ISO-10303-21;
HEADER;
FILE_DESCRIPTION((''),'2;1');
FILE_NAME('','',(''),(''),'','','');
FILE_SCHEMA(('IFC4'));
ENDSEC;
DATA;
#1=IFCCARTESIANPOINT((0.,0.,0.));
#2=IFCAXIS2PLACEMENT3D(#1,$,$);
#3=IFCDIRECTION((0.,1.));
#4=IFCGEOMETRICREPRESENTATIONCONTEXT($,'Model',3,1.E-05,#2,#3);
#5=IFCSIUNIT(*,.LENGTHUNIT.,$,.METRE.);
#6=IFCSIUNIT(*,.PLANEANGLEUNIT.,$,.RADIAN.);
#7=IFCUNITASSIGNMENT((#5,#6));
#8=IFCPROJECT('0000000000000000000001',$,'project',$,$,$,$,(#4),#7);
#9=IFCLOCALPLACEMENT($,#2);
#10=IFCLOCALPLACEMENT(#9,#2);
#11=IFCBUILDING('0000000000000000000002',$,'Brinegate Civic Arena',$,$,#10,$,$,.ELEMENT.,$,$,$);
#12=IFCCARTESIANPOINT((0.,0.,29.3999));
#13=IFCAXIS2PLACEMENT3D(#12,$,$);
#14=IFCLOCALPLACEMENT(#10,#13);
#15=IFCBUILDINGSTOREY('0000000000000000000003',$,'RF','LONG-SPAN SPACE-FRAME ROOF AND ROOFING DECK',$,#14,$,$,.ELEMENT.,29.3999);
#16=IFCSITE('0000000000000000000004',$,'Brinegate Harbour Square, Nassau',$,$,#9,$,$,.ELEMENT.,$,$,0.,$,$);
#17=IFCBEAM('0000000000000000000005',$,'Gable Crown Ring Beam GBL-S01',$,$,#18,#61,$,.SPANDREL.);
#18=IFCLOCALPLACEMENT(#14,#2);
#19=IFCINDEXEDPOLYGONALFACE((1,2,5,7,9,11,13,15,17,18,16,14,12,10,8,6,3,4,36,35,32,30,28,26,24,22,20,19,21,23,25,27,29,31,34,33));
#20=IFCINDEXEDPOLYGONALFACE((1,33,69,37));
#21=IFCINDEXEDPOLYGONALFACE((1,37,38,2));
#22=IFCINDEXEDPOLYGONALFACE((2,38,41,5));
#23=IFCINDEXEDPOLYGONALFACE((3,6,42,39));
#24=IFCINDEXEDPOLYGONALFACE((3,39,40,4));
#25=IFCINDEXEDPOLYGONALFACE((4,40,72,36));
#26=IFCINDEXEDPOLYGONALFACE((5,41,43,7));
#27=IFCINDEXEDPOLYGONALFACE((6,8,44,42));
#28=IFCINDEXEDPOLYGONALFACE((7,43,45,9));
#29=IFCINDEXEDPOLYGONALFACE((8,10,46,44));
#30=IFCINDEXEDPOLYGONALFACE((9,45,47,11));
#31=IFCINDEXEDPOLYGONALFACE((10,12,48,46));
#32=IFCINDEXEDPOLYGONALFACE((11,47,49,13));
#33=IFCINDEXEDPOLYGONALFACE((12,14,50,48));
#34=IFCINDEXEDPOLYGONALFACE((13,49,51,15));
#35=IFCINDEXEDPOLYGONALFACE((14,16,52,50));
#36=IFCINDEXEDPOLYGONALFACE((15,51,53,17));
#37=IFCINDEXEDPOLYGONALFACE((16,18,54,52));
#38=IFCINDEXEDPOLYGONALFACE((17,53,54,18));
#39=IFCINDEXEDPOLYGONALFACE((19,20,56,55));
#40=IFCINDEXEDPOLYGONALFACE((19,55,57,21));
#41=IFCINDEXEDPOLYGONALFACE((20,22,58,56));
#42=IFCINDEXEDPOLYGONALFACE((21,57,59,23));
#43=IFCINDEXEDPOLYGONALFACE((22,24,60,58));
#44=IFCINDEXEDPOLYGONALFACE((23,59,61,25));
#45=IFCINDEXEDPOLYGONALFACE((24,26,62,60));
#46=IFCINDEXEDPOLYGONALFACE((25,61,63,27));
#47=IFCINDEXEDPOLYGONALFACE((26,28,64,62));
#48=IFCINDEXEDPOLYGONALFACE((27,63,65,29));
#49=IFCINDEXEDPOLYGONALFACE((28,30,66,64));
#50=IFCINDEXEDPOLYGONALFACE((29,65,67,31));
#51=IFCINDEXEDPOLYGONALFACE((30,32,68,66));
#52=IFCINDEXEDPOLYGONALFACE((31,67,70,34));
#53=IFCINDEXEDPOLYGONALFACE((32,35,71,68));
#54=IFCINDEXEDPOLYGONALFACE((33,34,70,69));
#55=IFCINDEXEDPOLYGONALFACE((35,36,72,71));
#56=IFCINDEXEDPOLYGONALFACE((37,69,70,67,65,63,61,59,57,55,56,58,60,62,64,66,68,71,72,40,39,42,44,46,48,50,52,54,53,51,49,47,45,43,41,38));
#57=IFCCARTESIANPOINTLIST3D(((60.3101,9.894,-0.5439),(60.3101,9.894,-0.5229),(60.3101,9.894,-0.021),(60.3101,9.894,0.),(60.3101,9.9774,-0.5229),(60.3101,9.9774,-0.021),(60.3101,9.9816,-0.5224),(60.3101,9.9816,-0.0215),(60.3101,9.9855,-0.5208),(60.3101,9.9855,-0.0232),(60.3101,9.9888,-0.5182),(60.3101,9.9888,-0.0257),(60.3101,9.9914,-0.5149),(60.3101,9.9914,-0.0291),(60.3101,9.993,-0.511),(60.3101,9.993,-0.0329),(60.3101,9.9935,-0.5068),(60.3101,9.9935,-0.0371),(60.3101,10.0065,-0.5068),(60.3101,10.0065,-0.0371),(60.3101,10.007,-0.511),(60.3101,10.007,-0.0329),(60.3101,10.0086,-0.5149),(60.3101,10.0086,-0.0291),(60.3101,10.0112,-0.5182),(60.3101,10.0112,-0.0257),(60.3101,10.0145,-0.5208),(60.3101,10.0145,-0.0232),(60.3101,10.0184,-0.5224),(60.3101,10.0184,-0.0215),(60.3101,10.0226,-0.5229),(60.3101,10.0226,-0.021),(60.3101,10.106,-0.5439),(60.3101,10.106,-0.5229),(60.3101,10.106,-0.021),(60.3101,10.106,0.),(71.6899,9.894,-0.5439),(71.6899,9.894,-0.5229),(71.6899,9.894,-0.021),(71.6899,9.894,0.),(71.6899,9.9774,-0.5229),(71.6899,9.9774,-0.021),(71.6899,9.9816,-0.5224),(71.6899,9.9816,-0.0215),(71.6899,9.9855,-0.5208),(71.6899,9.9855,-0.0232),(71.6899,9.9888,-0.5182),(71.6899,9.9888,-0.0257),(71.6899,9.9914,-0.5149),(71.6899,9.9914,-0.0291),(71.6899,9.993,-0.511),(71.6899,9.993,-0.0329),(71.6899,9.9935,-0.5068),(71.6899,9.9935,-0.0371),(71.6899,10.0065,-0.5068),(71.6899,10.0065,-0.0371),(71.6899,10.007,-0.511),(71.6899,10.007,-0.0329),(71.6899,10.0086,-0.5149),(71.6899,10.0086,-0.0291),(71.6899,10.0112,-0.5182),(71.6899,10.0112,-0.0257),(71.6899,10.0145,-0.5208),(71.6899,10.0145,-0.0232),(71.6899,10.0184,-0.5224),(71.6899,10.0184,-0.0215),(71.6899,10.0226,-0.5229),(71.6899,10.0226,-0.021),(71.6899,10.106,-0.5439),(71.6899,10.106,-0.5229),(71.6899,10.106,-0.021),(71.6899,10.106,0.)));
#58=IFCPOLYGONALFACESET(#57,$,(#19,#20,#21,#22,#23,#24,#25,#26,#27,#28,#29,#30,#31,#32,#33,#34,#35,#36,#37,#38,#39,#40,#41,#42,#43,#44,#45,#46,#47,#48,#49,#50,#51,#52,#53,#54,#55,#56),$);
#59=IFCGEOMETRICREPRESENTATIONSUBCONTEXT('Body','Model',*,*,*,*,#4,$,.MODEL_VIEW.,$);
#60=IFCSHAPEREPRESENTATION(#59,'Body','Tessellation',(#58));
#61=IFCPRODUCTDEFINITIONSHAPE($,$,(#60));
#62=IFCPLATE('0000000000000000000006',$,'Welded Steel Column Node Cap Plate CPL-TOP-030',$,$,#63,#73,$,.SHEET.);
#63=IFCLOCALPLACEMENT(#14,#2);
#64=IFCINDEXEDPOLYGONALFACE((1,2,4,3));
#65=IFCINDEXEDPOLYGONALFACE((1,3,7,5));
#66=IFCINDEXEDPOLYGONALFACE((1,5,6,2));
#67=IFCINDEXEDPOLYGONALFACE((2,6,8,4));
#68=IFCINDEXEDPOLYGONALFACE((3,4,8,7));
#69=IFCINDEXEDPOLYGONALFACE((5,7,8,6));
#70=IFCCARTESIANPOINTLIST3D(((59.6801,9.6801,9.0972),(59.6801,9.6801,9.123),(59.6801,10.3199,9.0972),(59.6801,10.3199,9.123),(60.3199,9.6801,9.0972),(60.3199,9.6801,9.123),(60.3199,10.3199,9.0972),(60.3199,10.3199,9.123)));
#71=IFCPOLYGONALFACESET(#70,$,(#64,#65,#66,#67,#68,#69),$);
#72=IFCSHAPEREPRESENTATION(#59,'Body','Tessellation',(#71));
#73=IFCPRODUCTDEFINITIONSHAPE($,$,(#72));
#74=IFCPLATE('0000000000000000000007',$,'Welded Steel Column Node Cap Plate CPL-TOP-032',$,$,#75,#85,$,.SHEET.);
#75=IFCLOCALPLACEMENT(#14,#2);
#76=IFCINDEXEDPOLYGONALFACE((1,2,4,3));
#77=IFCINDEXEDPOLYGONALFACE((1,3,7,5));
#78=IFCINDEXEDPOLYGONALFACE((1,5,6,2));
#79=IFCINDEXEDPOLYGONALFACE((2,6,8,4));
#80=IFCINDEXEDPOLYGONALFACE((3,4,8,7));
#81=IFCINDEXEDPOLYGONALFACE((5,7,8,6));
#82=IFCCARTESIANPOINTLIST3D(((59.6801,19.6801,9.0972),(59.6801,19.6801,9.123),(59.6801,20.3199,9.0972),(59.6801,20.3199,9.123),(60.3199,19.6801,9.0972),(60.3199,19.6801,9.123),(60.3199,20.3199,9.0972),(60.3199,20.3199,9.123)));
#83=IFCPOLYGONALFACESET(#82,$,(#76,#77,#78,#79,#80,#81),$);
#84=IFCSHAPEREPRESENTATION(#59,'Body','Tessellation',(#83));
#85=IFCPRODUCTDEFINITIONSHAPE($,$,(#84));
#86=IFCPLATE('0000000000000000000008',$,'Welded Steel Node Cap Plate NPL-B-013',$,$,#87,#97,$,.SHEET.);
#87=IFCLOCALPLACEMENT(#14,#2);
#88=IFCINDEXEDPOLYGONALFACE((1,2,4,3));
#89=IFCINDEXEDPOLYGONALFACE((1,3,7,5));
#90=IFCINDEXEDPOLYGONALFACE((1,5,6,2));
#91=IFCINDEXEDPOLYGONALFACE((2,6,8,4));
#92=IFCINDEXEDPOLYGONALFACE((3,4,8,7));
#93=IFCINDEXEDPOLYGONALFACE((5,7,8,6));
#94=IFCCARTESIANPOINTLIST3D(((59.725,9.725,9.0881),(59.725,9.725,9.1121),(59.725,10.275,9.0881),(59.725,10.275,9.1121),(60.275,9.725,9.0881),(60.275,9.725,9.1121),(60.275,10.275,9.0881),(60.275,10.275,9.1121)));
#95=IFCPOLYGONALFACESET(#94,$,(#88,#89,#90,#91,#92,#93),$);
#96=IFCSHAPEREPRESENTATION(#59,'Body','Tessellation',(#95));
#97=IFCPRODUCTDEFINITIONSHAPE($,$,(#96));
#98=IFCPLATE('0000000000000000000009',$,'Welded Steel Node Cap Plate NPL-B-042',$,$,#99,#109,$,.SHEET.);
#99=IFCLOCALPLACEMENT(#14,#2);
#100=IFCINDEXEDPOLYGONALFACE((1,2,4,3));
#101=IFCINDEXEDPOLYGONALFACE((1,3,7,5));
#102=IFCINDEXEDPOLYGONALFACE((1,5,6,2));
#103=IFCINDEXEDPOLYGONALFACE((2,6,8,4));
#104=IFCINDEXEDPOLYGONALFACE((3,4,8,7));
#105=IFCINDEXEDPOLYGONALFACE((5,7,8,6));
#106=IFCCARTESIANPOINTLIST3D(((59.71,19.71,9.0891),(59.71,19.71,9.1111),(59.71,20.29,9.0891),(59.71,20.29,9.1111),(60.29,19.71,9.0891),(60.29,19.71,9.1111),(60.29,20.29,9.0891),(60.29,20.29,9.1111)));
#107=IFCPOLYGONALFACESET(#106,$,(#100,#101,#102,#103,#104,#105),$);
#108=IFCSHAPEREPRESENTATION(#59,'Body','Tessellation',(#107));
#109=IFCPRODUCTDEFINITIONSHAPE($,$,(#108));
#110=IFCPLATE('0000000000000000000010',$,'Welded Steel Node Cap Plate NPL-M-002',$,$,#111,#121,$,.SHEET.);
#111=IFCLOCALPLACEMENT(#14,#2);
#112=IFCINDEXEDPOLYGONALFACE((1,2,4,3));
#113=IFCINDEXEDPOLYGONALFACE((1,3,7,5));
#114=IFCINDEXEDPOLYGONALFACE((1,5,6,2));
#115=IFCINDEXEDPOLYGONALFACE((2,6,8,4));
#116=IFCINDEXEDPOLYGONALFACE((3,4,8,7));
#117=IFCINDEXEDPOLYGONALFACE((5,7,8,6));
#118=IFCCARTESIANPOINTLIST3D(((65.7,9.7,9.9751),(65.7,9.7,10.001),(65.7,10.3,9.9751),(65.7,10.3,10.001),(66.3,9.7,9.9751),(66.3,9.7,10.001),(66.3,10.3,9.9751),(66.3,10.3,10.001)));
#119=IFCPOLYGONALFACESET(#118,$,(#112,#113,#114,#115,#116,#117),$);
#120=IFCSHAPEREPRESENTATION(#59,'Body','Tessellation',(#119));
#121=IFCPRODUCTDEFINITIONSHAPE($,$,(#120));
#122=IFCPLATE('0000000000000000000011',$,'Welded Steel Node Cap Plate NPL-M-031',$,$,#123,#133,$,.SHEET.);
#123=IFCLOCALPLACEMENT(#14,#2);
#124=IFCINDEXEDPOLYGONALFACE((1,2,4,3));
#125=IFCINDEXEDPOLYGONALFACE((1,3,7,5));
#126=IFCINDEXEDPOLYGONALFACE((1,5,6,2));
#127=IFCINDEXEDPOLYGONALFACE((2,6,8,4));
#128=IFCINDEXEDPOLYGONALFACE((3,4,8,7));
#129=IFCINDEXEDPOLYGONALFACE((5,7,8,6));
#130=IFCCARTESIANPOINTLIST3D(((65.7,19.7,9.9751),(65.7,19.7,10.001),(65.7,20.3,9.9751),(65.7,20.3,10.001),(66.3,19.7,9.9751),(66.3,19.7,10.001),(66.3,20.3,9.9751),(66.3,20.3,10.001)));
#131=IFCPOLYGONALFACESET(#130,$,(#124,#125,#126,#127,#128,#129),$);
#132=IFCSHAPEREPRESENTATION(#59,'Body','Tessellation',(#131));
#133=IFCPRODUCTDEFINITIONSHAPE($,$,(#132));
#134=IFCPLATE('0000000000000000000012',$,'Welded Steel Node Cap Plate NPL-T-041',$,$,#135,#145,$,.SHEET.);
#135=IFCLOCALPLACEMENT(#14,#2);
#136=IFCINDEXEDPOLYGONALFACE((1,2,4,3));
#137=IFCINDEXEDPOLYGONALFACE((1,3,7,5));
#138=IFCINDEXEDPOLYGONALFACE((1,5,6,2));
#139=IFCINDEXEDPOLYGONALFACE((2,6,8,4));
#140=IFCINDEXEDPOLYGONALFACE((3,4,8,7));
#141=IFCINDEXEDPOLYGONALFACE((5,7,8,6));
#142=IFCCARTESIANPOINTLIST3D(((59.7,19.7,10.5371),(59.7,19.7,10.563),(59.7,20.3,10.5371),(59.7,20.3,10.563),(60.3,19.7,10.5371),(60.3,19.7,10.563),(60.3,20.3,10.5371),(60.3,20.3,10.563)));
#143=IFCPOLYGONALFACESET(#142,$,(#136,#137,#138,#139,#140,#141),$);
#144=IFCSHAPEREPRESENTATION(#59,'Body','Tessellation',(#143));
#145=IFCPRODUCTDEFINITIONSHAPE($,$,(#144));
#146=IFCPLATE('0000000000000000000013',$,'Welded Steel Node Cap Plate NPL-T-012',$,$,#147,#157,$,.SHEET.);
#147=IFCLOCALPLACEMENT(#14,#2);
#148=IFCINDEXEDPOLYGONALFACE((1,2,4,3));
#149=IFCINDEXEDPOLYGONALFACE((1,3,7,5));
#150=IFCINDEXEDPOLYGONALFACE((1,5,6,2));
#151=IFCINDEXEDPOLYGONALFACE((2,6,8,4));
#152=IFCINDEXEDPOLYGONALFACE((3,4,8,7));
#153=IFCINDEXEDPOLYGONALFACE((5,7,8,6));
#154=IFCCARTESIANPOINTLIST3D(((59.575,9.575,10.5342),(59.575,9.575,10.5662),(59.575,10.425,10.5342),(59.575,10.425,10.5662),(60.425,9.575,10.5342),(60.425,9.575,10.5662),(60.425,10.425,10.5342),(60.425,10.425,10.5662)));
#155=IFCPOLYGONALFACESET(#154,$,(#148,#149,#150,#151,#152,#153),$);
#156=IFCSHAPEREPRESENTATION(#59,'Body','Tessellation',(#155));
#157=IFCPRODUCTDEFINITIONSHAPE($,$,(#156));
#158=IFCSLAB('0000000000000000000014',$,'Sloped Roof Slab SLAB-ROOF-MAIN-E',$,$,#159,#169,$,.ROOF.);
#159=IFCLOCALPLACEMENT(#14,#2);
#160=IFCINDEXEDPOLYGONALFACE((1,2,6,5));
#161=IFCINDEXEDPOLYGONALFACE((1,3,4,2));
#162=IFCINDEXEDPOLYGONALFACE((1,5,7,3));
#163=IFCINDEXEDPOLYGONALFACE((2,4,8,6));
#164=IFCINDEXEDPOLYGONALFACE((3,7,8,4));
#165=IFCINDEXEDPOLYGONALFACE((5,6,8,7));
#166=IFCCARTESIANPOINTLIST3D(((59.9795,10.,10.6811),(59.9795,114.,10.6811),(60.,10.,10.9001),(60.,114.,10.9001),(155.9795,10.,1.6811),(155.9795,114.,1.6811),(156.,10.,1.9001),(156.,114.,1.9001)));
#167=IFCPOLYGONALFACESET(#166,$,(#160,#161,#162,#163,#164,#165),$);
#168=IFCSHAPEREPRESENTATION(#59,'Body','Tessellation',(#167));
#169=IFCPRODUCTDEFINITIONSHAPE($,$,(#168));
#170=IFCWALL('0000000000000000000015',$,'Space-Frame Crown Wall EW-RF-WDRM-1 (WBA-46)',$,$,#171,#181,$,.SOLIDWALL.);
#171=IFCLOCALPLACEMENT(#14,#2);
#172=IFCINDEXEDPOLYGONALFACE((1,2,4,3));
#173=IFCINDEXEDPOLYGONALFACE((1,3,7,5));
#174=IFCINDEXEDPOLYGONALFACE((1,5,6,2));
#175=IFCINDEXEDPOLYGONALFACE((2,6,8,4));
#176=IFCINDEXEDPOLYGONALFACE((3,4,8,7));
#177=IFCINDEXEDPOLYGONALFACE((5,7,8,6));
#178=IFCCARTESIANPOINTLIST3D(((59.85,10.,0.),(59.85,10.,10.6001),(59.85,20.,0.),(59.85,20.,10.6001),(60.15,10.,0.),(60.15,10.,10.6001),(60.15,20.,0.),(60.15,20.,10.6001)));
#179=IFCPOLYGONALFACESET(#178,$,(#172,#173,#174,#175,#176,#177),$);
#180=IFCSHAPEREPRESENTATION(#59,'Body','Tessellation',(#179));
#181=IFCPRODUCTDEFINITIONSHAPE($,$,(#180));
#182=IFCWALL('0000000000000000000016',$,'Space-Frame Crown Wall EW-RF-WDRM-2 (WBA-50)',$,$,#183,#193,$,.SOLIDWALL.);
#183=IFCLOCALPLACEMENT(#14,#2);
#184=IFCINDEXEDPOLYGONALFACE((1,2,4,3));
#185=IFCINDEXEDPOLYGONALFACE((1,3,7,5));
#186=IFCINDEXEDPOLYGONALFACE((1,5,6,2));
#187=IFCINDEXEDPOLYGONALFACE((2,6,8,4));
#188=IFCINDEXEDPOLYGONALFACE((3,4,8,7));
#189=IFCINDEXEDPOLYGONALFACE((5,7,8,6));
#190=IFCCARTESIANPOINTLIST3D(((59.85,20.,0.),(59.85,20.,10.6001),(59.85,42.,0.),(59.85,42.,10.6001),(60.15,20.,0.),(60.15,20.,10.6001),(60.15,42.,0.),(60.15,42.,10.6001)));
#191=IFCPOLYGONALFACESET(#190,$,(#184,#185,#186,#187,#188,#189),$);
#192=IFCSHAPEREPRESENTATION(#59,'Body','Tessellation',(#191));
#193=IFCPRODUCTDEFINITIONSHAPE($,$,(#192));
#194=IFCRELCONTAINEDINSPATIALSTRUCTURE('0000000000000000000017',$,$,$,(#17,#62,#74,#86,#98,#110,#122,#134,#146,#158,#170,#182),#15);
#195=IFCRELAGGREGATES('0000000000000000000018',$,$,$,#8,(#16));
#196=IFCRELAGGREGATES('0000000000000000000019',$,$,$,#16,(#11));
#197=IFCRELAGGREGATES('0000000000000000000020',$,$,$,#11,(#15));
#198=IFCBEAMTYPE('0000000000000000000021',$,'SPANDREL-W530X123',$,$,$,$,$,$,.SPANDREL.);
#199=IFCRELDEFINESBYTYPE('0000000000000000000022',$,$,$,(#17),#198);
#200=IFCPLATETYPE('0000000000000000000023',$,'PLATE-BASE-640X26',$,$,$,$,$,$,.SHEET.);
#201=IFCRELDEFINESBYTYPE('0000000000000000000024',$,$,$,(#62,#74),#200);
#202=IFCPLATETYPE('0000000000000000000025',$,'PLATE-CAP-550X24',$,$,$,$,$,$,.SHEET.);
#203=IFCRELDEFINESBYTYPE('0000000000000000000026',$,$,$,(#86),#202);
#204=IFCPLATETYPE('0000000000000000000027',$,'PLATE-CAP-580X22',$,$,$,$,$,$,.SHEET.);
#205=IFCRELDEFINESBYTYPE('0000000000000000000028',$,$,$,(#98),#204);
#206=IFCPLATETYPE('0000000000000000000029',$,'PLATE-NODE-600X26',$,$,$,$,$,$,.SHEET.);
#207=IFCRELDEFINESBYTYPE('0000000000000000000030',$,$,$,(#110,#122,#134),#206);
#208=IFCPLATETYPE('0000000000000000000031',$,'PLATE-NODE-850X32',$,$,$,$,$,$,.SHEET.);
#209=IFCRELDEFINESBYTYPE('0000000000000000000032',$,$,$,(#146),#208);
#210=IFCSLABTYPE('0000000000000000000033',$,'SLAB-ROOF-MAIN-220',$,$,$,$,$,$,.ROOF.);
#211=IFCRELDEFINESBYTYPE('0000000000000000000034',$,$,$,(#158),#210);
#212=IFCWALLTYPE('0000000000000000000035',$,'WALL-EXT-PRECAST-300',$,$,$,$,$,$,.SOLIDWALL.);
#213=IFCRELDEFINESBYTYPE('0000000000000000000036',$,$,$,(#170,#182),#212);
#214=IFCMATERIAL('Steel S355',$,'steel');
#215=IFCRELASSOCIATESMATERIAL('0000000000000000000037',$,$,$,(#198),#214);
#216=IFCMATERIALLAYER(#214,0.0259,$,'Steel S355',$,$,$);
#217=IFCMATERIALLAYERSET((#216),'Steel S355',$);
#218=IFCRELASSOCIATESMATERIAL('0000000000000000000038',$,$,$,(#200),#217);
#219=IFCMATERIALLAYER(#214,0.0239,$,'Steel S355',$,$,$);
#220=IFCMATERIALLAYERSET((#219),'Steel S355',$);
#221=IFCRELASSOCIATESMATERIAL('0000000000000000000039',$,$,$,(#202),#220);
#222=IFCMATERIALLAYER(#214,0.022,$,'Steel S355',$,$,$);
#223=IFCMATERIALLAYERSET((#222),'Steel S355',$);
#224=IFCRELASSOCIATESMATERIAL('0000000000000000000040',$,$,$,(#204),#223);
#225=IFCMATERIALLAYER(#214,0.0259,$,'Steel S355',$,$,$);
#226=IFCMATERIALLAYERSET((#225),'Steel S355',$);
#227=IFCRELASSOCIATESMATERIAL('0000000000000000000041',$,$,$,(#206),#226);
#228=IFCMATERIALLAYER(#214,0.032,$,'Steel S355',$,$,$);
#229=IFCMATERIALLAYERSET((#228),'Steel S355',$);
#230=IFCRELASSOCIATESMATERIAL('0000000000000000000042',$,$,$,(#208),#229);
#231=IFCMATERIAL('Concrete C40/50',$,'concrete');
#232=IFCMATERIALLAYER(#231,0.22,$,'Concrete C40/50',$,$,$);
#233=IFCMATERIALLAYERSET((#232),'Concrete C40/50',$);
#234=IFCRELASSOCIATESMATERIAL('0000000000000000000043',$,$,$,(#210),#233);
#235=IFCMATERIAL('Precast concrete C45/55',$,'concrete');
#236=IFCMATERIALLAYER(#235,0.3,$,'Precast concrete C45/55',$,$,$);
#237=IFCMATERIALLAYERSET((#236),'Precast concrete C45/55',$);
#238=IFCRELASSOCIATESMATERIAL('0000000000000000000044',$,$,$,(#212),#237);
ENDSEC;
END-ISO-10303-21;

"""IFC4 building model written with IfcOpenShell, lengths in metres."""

from ifc_helpers import new_model, si_unit, direction, frame, frame_2d, origin, origin_2d, place, context, subcontext, project, spatial, polyline, rectangle, i_section, outline, extrude, material, layer, layer_set, material_profile, profile_set, type_object, element, save


model = new_model("IFC4")

# Units and contexts
model_context = context("Model", 3, precision=1e-05, world=origin(), true_north=direction((0.0, 1.0)))
body_context = subcontext(model_context, "Body", "Model", "MODEL_VIEW")
ifc_project = project(units=[si_unit("LENGTHUNIT", "METRE"), si_unit("PLANEANGLEUNIT", "RADIAN")], contexts=[model_context])

# Site, building, storey
site_placement = place(None, origin())
site = spatial("IfcSite", under=ifc_project, at=site_placement, Name="Brinegate Harbour Square, Nassau", CompositionType="ELEMENT", RefElevation=0.0)
building_placement = place(site_placement, origin())
building = spatial("IfcBuilding", under=site, at=building_placement, Name="Brinegate Civic Arena", CompositionType="ELEMENT")
storey_placement = place(building_placement, frame((0.0, 0.0, 29.3999)))
storey = spatial("IfcBuildingStorey", under=building, at=storey_placement, Name="RF", Description="LONG-SPAN SPACE-FRAME ROOF AND ROOFING DECK", CompositionType="ELEMENT", Elevation=29.3999)

# Shared definitions
ifc_material_1 = material(Name="Steel S355", Category="steel")

# Beam
ifc_material_profile_1 = material_profile(ifc_material_1, i_section(OverallWidth=0.2119, OverallDepth=0.5439, WebThickness=0.0129, FlangeThickness=0.021, FilletRadius=0.0161, at=origin_2d()), Name="W530X123")
ifc_profile_set_1 = profile_set([ifc_material_profile_1], Name="Steel S355")
beam_type = type_object("IfcBeamType", Name="SPANDREL-W530X123", PredefinedType="SPANDREL", material=ifc_profile_set_1)
beam_1_placement = place(storey_placement, frame((60.3101, 10.0, -0.272), z_axis=(1.0, 0.0, 0.0), x_axis=(0.0, 1.0, 0.0)))
element("IfcBeam", 1, at=beam_1_placement, inside=storey, type_object=beam_type, Name="Gable Crown Ring Beam GBL-S01", PredefinedType="SPANDREL", context=body_context, shape_type="SweptSolid", body=[
    extrude(i_section(OverallWidth=0.2119, OverallDepth=0.5439, WebThickness=0.0129, FlangeThickness=0.021, FilletRadius=0.0161, at=origin_2d()), origin(), (0.0, 0.0, 1.0), 11.3799),
])

# Plates
ifc_layer_1 = layer(ifc_material_1, 0.0259, Name="Steel S355")
ifc_layer_set_1 = layer_set([ifc_layer_1], Name="Steel S355")
plate_type_1 = type_object("IfcPlateType", Name="PLATE-BASE-640X26", PredefinedType="SHEET", material=ifc_layer_set_1)
for number, where, z_axis, x_axis, name in (
    (2, (60.0, 10.0, 9.0972), (0.0, 0.0, 1.0), (1.0, 0.0, 0.0), "Welded Steel Column Node Cap Plate CPL-TOP-030"),
    (3, (60.0, 20.0, 9.0972), (0.0, 0.0, 1.0), (1.0, 0.0, 0.0), "Welded Steel Column Node Cap Plate CPL-TOP-032"),
):
    element("IfcPlate", number, at=place(storey_placement, frame(where, z_axis=z_axis, x_axis=x_axis)), inside=storey, type_object=plate_type_1, Name=name, PredefinedType="SHEET", context=body_context, shape_type="SweptSolid", body=[
        extrude(rectangle(XDim=0.6399, YDim=0.6399, at=origin_2d()), origin(), (0.0, 0.0, 1.0), 0.0259),
    ])
ifc_layer_2 = layer(ifc_material_1, 0.0239, Name="Steel S355")
ifc_layer_set_2 = layer_set([ifc_layer_2], Name="Steel S355")
plate_type_2 = type_object("IfcPlateType", Name="PLATE-CAP-550X24", PredefinedType="SHEET", material=ifc_layer_set_2)
plate_1_placement = place(storey_placement, frame((60.0, 10.0, 9.0881), z_axis=(0.0, 0.0, 1.0), x_axis=(1.0, 0.0, 0.0)))
element("IfcPlate", 4, at=plate_1_placement, inside=storey, type_object=plate_type_2, Name="Welded Steel Node Cap Plate NPL-B-013", PredefinedType="SHEET", context=body_context, shape_type="SweptSolid", body=[
    extrude(rectangle(XDim=0.55, YDim=0.55, at=origin_2d()), origin(), (0.0, 0.0, 1.0), 0.0239),
])
ifc_layer_3 = layer(ifc_material_1, 0.022, Name="Steel S355")
ifc_layer_set_3 = layer_set([ifc_layer_3], Name="Steel S355")
plate_type_3 = type_object("IfcPlateType", Name="PLATE-CAP-580X22", PredefinedType="SHEET", material=ifc_layer_set_3)
plate_2_placement = place(storey_placement, frame((60.0, 20.0, 9.0891), z_axis=(0.0, 0.0, 1.0), x_axis=(1.0, 0.0, 0.0)))
element("IfcPlate", 5, at=plate_2_placement, inside=storey, type_object=plate_type_3, Name="Welded Steel Node Cap Plate NPL-B-042", PredefinedType="SHEET", context=body_context, shape_type="SweptSolid", body=[
    extrude(rectangle(XDim=0.5801, YDim=0.5801, at=origin_2d()), origin(), (0.0, 0.0, 1.0), 0.022),
])
ifc_layer_4 = layer(ifc_material_1, 0.0259, Name="Steel S355")
ifc_layer_set_4 = layer_set([ifc_layer_4], Name="Steel S355")
plate_type_4 = type_object("IfcPlateType", Name="PLATE-NODE-600X26", PredefinedType="SHEET", material=ifc_layer_set_4)
for number, where, z_axis, x_axis, name in (
    (6, (66.0, 10.0, 9.9751), (0.0, 0.0, 1.0), (1.0, 0.0, 0.0), "Welded Steel Node Cap Plate NPL-M-002"),
    (7, (66.0, 20.0, 9.9751), (0.0, 0.0, 1.0), (1.0, 0.0, 0.0), "Welded Steel Node Cap Plate NPL-M-031"),
    (8, (60.0, 20.0, 10.5371), (0.0, 0.0, 1.0), (1.0, 0.0, 0.0), "Welded Steel Node Cap Plate NPL-T-041"),
):
    element("IfcPlate", number, at=place(storey_placement, frame(where, z_axis=z_axis, x_axis=x_axis)), inside=storey, type_object=plate_type_4, Name=name, PredefinedType="SHEET", context=body_context, shape_type="SweptSolid", body=[
        extrude(rectangle(XDim=0.6001, YDim=0.6001, at=origin_2d()), origin(), (0.0, 0.0, 1.0), 0.0259),
    ])
ifc_layer_5 = layer(ifc_material_1, 0.032, Name="Steel S355")
ifc_layer_set_5 = layer_set([ifc_layer_5], Name="Steel S355")
plate_type_5 = type_object("IfcPlateType", Name="PLATE-NODE-850X32", PredefinedType="SHEET", material=ifc_layer_set_5)
plate_3_placement = place(storey_placement, frame((60.0, 10.0, 10.5342), z_axis=(0.0, 0.0, 1.0), x_axis=(1.0, 0.0, 0.0)))
element("IfcPlate", 9, at=plate_3_placement, inside=storey, type_object=plate_type_5, Name="Welded Steel Node Cap Plate NPL-T-012", PredefinedType="SHEET", context=body_context, shape_type="SweptSolid", body=[
    extrude(rectangle(XDim=0.8501, YDim=0.8501, at=origin_2d()), origin(), (0.0, 0.0, 1.0), 0.032),
])

# Slab
ifc_material_2 = material(Name="Concrete C40/50", Category="concrete")
ifc_layer_6 = layer(ifc_material_2, 0.22, Name="Concrete C40/50")
ifc_layer_set_6 = layer_set([ifc_layer_6], Name="Concrete C40/50")
slab_type = type_object("IfcSlabType", Name="SLAB-ROOF-MAIN-220", PredefinedType="ROOF", material=ifc_layer_set_6)
slab_placement = place(storey_placement, frame((60.0, 10.0, 10.9001), z_axis=(0.093341, 0.0, 0.995634), x_axis=(0.995634, 0.0, -0.093341)))
element("IfcSlab", 10, at=slab_placement, inside=storey, type_object=slab_type, Name="Sloped Roof Slab SLAB-ROOF-MAIN-E", PredefinedType="ROOF", context=body_context, shape_type="SweptSolid", body=[
    extrude(outline(polyline([(0.0, 0.0), (96.421, 0.0), (96.421, 104.0), (0.0, 104.0), (0.0, 0.0)])), origin(), (0.0, 0.0, -1.0), 0.22),
])

# Walls
ifc_material_3 = material(Name="Precast concrete C45/55", Category="concrete")
ifc_layer_7 = layer(ifc_material_3, 0.3, Name="Precast concrete C45/55")
ifc_layer_set_7 = layer_set([ifc_layer_7], Name="Precast concrete C45/55")
wall_type_1 = type_object("IfcWallType", Name="WALL-EXT-PRECAST-300", PredefinedType="SOLIDWALL", material=ifc_layer_set_7)
wall_1_placement = place(storey_placement, frame((60.0, 10.0, 0.0), z_axis=(0.0, 0.0, 1.0), x_axis=(0.0, 1.0, 0.0)))
element("IfcWall", 11, at=wall_1_placement, inside=storey, type_object=wall_type_1, Name="Space-Frame Crown Wall EW-RF-WDRM-1 (WBA-46)", PredefinedType="SOLIDWALL", context=body_context, shape_type="SweptSolid", body=[
    extrude(rectangle(XDim=10.0, YDim=0.3, at=frame_2d((5.0, 0.0))), origin(), (0.0, 0.0, 1.0), 10.6001),
])
wall_2_placement = place(storey_placement, frame((60.0, 20.0, 0.0), z_axis=(0.0, 0.0, 1.0), x_axis=(0.0, 1.0, 0.0)))
element("IfcWall", 12, at=wall_2_placement, inside=storey, type_object=wall_type_1, Name="Space-Frame Crown Wall EW-RF-WDRM-2 (WBA-50)", PredefinedType="SOLIDWALL", context=body_context, shape_type="SweptSolid", body=[
    extrude(rectangle(XDim=22.0, YDim=0.3, at=frame_2d((11.0, 0.0))), origin(), (0.0, 0.0, 1.0), 10.6001),
])

save(model, "model.ifc")
